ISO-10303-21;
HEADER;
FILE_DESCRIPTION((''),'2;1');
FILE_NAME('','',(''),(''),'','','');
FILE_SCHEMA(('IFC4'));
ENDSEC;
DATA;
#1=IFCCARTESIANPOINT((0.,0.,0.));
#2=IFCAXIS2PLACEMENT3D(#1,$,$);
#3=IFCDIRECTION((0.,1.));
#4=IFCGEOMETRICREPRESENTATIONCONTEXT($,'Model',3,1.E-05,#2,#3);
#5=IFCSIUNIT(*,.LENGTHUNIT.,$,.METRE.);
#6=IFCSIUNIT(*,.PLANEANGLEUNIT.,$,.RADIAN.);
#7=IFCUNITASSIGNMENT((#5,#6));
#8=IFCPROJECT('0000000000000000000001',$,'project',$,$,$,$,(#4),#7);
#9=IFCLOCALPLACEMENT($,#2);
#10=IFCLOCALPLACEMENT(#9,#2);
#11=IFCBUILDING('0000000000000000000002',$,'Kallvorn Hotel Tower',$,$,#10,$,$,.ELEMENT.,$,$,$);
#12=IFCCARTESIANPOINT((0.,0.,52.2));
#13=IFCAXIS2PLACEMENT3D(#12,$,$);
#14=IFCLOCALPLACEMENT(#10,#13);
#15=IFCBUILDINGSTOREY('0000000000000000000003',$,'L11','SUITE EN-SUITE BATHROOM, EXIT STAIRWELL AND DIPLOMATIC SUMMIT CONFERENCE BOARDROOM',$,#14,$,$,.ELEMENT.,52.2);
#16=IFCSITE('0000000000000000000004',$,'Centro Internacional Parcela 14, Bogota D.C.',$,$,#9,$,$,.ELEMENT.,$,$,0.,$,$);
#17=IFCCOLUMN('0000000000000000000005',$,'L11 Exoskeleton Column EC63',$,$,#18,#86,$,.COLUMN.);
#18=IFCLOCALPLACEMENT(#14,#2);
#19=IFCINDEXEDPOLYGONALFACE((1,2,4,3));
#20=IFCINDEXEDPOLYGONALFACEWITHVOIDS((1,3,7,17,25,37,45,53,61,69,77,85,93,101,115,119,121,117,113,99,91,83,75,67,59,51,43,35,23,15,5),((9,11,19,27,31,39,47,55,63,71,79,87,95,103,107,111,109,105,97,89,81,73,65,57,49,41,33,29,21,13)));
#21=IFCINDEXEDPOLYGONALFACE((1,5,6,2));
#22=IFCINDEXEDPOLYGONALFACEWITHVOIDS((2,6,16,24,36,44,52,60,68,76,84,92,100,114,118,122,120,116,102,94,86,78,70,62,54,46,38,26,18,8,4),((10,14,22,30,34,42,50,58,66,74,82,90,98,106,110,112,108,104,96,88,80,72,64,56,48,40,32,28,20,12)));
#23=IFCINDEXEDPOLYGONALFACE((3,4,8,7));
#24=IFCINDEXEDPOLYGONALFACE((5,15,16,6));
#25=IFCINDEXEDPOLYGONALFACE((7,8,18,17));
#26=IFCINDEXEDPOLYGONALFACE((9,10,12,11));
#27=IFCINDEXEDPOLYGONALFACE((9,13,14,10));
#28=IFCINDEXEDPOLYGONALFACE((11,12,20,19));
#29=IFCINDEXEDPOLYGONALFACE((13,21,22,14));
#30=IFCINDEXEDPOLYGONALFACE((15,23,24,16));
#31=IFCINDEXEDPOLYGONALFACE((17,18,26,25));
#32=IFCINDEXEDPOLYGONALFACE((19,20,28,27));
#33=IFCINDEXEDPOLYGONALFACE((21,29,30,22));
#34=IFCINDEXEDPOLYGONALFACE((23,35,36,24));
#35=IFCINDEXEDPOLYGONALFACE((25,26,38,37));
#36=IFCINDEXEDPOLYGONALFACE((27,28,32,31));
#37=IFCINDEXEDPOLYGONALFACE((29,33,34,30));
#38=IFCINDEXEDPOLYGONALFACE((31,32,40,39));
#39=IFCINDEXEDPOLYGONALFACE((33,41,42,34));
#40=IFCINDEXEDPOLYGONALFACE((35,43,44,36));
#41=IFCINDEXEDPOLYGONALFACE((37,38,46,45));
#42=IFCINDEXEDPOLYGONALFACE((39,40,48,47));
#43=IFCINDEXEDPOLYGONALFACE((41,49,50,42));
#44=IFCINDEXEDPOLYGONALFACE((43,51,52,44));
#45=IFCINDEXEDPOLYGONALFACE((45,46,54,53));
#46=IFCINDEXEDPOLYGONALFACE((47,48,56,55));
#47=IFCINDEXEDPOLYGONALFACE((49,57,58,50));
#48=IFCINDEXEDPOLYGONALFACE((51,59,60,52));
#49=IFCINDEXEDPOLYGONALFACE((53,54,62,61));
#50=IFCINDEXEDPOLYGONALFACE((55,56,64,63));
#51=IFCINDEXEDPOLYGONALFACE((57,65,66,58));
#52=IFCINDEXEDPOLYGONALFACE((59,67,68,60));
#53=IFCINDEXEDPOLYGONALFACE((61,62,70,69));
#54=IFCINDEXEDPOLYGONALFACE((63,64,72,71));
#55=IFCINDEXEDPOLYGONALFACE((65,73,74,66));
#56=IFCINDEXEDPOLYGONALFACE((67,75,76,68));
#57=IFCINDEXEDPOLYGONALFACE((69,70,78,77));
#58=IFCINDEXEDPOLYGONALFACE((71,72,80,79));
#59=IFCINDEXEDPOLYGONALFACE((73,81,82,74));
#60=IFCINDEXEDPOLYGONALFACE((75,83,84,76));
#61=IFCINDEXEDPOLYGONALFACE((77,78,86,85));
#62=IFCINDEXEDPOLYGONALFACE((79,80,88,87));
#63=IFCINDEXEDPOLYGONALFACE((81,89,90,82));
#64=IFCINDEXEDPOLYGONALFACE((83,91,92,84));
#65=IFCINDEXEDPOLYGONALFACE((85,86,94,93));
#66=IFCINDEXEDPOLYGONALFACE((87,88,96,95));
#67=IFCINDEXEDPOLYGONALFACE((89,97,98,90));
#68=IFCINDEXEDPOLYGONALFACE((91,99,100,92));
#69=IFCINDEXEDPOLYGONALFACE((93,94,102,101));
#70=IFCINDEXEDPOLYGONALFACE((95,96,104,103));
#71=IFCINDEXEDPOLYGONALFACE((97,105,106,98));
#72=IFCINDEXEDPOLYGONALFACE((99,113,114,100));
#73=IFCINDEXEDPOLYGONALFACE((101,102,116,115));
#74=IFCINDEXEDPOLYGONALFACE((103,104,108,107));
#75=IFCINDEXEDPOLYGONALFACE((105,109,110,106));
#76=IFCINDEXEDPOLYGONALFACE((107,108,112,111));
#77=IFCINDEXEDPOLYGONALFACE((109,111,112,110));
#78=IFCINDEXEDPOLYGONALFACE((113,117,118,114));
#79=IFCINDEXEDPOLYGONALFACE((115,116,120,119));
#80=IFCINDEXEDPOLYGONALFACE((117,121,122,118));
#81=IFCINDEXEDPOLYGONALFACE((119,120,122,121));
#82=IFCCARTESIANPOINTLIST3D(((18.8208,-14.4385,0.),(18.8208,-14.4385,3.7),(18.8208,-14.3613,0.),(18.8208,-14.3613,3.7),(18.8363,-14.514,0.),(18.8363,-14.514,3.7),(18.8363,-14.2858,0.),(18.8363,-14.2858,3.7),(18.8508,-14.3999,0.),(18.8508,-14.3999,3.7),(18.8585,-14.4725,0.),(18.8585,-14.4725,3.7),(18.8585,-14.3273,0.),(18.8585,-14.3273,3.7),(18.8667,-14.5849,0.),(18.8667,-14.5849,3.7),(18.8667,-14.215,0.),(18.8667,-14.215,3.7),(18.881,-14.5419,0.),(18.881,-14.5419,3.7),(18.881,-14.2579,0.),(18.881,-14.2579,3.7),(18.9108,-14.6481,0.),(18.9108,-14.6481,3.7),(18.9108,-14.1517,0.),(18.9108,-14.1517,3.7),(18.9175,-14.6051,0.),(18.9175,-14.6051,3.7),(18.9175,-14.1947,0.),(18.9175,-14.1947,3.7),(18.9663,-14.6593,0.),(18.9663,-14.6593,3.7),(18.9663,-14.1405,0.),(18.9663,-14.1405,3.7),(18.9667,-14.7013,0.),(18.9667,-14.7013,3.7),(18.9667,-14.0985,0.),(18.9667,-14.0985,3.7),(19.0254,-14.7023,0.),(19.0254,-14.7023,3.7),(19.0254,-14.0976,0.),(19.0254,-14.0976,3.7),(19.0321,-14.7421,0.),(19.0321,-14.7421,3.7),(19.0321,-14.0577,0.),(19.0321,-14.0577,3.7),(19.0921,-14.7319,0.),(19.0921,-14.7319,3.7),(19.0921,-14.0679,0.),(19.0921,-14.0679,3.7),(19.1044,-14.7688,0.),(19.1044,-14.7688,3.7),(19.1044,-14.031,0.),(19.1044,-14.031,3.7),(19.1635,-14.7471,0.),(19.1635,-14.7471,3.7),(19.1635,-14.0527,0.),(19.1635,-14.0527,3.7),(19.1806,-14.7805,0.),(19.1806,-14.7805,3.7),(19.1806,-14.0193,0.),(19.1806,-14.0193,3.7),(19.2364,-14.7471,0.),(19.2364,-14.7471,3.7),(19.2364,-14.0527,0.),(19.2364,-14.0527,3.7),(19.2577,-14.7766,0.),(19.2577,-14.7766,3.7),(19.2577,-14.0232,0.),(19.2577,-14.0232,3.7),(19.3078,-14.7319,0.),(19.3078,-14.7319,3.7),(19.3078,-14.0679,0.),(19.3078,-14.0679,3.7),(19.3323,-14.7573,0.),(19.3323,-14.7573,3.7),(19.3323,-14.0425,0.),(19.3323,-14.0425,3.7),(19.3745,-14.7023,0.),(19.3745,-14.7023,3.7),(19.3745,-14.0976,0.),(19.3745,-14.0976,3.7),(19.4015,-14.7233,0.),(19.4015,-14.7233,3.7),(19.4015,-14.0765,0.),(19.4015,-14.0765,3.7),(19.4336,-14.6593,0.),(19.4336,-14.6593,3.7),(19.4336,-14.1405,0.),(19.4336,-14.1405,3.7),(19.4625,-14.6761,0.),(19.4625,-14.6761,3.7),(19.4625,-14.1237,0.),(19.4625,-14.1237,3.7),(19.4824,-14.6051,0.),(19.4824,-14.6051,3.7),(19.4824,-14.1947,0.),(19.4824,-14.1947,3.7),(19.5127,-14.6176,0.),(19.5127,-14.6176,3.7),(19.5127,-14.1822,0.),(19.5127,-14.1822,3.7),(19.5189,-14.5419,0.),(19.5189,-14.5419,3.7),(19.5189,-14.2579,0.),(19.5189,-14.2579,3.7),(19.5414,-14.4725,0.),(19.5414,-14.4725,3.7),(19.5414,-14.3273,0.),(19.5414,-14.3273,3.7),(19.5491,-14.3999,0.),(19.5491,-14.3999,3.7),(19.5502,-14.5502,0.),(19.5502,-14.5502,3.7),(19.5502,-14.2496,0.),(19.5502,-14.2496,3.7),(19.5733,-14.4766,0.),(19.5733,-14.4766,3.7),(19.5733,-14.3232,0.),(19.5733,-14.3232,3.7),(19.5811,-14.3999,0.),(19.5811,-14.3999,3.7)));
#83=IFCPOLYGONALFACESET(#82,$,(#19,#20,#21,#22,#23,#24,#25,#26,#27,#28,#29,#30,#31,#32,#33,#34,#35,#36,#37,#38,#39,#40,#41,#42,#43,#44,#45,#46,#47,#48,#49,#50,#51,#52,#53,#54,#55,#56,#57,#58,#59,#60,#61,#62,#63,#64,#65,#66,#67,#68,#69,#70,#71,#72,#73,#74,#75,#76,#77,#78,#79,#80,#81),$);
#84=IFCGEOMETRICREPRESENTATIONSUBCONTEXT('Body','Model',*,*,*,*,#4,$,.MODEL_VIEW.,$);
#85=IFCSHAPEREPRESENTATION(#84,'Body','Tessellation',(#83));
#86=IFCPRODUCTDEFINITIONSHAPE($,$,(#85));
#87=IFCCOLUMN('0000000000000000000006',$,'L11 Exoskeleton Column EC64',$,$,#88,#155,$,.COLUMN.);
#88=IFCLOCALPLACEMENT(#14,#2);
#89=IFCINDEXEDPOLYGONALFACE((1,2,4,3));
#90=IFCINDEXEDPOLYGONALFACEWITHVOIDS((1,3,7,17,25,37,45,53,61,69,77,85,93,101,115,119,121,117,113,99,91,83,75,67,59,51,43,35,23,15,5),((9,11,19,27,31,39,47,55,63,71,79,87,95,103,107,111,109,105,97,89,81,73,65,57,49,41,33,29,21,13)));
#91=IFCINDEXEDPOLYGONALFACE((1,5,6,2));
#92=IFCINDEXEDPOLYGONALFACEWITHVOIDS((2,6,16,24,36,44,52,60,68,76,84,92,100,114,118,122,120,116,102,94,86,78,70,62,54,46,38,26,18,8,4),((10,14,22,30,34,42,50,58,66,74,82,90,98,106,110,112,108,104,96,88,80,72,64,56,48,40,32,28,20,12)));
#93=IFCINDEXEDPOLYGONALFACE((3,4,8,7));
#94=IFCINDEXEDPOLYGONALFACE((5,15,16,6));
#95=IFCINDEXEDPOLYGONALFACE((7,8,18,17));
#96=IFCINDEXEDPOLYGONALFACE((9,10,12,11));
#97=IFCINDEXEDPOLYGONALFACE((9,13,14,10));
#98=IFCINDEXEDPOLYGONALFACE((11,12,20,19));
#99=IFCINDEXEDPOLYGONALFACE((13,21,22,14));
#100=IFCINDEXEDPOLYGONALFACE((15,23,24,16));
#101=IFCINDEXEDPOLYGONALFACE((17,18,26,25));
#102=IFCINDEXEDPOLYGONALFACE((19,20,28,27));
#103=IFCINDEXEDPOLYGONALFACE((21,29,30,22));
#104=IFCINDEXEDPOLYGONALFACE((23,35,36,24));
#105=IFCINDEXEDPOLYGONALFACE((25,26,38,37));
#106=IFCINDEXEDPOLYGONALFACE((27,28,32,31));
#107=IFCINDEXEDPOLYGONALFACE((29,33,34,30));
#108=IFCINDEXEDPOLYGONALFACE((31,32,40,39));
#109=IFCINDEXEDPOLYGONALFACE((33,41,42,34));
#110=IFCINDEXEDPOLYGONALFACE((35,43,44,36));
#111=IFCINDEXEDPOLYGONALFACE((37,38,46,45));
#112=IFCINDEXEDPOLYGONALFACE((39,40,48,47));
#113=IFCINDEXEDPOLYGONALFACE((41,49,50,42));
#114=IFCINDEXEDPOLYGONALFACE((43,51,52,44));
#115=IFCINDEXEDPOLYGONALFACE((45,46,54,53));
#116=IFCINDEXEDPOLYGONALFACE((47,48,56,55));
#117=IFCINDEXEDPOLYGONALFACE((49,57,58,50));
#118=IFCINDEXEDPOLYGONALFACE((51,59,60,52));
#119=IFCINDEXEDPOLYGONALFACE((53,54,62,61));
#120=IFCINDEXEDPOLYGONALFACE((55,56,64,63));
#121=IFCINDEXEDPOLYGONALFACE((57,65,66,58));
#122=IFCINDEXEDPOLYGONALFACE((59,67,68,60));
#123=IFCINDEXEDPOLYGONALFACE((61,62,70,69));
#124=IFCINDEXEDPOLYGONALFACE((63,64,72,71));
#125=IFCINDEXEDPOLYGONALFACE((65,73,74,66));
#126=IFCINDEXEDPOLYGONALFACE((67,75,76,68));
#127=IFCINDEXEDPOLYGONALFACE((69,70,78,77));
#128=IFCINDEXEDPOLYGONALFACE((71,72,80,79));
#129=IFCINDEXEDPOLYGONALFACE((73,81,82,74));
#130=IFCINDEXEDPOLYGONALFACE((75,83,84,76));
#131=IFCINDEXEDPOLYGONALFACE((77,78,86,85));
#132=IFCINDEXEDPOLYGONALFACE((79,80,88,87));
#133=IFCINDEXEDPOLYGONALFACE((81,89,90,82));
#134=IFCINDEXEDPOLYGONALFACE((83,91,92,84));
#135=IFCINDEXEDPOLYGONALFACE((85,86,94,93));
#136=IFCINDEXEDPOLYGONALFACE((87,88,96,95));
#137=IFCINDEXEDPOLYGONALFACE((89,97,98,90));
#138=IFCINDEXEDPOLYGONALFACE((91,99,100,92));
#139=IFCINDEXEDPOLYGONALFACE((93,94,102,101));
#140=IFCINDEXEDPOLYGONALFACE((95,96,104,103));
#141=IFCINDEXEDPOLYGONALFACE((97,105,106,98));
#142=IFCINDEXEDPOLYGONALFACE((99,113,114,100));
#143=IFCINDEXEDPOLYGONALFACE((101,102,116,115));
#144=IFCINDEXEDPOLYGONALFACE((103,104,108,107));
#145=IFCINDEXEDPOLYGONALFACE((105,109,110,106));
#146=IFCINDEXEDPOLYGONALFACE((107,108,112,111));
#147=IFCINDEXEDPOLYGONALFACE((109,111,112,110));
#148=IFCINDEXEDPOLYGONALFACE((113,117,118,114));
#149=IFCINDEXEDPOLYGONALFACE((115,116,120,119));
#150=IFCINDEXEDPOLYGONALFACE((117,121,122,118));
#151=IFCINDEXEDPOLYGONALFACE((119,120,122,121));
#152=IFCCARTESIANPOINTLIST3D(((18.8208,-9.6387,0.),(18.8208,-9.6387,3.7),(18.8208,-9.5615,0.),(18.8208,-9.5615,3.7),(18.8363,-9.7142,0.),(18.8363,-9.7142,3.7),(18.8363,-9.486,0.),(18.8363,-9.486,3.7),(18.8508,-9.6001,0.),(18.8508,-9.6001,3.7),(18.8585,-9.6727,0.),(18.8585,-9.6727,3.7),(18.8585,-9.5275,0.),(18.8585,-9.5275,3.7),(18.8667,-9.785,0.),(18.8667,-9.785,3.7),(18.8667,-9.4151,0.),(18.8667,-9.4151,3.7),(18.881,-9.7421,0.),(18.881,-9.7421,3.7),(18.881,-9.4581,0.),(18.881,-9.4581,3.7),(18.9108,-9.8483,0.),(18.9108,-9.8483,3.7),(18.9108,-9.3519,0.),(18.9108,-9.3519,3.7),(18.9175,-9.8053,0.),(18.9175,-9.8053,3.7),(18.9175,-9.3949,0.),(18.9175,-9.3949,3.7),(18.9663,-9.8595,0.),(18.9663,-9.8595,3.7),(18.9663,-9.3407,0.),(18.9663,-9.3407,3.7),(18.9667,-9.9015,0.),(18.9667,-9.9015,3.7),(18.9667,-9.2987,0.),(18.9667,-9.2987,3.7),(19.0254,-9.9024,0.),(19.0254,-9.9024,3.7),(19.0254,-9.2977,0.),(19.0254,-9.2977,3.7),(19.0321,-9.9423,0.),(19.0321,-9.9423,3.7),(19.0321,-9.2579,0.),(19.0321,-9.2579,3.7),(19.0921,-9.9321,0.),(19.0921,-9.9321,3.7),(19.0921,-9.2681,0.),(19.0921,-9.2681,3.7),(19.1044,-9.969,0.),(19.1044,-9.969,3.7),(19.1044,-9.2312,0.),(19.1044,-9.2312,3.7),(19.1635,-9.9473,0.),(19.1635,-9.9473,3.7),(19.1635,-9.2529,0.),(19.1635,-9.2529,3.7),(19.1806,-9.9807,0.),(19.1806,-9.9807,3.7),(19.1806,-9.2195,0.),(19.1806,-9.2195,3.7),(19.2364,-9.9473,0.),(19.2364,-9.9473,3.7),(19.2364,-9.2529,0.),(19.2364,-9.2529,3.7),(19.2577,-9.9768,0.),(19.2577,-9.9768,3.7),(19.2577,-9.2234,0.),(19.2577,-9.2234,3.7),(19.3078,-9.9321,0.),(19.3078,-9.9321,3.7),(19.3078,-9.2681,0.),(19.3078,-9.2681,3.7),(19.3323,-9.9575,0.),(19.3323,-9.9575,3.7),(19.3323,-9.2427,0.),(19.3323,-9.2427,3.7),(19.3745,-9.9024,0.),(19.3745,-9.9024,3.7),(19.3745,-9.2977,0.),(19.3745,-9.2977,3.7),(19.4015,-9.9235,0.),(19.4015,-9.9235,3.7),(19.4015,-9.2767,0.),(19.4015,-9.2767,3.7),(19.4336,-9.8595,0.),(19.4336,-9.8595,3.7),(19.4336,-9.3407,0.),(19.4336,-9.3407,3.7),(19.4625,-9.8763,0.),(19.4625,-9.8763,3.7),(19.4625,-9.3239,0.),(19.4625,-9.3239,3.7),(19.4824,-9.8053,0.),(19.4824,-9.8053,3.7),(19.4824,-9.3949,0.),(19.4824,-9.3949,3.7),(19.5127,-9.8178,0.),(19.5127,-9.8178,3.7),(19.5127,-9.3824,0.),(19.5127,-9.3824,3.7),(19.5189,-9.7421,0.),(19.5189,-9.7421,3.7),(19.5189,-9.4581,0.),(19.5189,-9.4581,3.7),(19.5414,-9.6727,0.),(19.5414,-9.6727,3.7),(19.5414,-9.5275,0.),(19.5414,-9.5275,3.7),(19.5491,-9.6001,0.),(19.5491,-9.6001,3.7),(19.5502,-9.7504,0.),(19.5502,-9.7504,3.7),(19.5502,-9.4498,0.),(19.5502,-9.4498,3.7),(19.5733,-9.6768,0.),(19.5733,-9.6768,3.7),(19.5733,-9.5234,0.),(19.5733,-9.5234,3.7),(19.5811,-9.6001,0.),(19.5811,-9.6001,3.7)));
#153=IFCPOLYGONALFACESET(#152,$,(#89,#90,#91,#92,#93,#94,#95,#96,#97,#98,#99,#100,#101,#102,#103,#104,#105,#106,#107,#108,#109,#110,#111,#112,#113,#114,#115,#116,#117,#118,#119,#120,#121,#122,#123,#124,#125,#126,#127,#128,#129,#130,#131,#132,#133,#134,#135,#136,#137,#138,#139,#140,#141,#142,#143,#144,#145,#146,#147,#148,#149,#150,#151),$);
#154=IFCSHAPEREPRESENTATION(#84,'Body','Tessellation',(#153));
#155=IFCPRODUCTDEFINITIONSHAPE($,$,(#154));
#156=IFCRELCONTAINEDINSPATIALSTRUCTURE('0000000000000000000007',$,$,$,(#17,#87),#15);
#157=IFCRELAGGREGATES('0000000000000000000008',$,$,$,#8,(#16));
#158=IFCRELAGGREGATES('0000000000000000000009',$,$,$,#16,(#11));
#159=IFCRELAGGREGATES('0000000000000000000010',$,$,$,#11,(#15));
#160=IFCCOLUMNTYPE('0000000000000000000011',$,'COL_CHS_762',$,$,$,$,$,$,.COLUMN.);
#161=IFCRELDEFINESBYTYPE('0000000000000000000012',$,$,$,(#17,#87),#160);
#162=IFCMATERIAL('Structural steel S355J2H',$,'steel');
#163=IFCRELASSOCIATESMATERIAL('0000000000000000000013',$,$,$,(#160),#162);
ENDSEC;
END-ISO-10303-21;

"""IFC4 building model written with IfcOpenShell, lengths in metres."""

from ifc_helpers import new_model, si_unit, direction, frame, origin, origin_2d, place, context, subcontext, project, spatial, hollow_circle, extrude, material, material_profile, profile_set, type_object, element, save


model = new_model("IFC4")

# Units and contexts
model_context = context("Model", 3, precision=1e-05, world=origin(), true_north=direction((0.0, 1.0)))
body_context = subcontext(model_context, "Body", "Model", "MODEL_VIEW")
ifc_project = project(units=[si_unit("LENGTHUNIT", "METRE"), si_unit("PLANEANGLEUNIT", "RADIAN")], contexts=[model_context])

# Site, building, storey
site_placement = place(None, origin())
site = spatial("IfcSite", under=ifc_project, at=site_placement, Name="Centro Internacional Parcela 14, Bogota D.C.", CompositionType="ELEMENT", RefElevation=0.0)
building_placement = place(site_placement, origin())
building = spatial("IfcBuilding", under=site, at=building_placement, Name="Kallvorn Hotel Tower", CompositionType="ELEMENT")
storey_placement = place(building_placement, frame((0.0, 0.0, 52.2)))
storey = spatial("IfcBuildingStorey", under=building, at=storey_placement, Name="L11", Description="SUITE EN-SUITE BATHROOM, EXIT STAIRWELL AND DIPLOMATIC SUMMIT CONFERENCE BOARDROOM", CompositionType="ELEMENT", Elevation=52.2)

# Columns
ifc_material_1 = material(Name="Structural steel S355J2H", Category="steel")
ifc_material_profile_1 = material_profile(ifc_material_1, hollow_circle(Radius=0.3811, WallThickness=0.032, at=origin_2d()), Name="CHS 762x32")
ifc_profile_set_1 = profile_set([ifc_material_profile_1], Name="Structural steel S355J2H")
column_type_1 = type_object("IfcColumnType", Name="COL_CHS_762", PredefinedType="COLUMN", material=ifc_profile_set_1)
for number, where, z_axis, x_axis, name in (
    (1, (19.2, -14.3999, 0.0), (0.0, 0.0, 1.0), (1.0, 0.0, 0.0), "L11 Exoskeleton Column EC63"),
    (2, (19.2, -9.6001, 0.0), (0.0, 0.0, 1.0), (1.0, 0.0, 0.0), "L11 Exoskeleton Column EC64"),
):
    element("IfcColumn", number, at=place(storey_placement, frame(where, z_axis=z_axis, x_axis=x_axis)), inside=storey, type_object=column_type_1, Name=name, PredefinedType="COLUMN", context=body_context, shape_type="SweptSolid", body=[
        extrude(hollow_circle(Radius=0.3811, WallThickness=0.032, at=origin_2d()), origin(), (0.0, 0.0, 1.0), 3.7),
    ])

save(model, "model.ifc")
